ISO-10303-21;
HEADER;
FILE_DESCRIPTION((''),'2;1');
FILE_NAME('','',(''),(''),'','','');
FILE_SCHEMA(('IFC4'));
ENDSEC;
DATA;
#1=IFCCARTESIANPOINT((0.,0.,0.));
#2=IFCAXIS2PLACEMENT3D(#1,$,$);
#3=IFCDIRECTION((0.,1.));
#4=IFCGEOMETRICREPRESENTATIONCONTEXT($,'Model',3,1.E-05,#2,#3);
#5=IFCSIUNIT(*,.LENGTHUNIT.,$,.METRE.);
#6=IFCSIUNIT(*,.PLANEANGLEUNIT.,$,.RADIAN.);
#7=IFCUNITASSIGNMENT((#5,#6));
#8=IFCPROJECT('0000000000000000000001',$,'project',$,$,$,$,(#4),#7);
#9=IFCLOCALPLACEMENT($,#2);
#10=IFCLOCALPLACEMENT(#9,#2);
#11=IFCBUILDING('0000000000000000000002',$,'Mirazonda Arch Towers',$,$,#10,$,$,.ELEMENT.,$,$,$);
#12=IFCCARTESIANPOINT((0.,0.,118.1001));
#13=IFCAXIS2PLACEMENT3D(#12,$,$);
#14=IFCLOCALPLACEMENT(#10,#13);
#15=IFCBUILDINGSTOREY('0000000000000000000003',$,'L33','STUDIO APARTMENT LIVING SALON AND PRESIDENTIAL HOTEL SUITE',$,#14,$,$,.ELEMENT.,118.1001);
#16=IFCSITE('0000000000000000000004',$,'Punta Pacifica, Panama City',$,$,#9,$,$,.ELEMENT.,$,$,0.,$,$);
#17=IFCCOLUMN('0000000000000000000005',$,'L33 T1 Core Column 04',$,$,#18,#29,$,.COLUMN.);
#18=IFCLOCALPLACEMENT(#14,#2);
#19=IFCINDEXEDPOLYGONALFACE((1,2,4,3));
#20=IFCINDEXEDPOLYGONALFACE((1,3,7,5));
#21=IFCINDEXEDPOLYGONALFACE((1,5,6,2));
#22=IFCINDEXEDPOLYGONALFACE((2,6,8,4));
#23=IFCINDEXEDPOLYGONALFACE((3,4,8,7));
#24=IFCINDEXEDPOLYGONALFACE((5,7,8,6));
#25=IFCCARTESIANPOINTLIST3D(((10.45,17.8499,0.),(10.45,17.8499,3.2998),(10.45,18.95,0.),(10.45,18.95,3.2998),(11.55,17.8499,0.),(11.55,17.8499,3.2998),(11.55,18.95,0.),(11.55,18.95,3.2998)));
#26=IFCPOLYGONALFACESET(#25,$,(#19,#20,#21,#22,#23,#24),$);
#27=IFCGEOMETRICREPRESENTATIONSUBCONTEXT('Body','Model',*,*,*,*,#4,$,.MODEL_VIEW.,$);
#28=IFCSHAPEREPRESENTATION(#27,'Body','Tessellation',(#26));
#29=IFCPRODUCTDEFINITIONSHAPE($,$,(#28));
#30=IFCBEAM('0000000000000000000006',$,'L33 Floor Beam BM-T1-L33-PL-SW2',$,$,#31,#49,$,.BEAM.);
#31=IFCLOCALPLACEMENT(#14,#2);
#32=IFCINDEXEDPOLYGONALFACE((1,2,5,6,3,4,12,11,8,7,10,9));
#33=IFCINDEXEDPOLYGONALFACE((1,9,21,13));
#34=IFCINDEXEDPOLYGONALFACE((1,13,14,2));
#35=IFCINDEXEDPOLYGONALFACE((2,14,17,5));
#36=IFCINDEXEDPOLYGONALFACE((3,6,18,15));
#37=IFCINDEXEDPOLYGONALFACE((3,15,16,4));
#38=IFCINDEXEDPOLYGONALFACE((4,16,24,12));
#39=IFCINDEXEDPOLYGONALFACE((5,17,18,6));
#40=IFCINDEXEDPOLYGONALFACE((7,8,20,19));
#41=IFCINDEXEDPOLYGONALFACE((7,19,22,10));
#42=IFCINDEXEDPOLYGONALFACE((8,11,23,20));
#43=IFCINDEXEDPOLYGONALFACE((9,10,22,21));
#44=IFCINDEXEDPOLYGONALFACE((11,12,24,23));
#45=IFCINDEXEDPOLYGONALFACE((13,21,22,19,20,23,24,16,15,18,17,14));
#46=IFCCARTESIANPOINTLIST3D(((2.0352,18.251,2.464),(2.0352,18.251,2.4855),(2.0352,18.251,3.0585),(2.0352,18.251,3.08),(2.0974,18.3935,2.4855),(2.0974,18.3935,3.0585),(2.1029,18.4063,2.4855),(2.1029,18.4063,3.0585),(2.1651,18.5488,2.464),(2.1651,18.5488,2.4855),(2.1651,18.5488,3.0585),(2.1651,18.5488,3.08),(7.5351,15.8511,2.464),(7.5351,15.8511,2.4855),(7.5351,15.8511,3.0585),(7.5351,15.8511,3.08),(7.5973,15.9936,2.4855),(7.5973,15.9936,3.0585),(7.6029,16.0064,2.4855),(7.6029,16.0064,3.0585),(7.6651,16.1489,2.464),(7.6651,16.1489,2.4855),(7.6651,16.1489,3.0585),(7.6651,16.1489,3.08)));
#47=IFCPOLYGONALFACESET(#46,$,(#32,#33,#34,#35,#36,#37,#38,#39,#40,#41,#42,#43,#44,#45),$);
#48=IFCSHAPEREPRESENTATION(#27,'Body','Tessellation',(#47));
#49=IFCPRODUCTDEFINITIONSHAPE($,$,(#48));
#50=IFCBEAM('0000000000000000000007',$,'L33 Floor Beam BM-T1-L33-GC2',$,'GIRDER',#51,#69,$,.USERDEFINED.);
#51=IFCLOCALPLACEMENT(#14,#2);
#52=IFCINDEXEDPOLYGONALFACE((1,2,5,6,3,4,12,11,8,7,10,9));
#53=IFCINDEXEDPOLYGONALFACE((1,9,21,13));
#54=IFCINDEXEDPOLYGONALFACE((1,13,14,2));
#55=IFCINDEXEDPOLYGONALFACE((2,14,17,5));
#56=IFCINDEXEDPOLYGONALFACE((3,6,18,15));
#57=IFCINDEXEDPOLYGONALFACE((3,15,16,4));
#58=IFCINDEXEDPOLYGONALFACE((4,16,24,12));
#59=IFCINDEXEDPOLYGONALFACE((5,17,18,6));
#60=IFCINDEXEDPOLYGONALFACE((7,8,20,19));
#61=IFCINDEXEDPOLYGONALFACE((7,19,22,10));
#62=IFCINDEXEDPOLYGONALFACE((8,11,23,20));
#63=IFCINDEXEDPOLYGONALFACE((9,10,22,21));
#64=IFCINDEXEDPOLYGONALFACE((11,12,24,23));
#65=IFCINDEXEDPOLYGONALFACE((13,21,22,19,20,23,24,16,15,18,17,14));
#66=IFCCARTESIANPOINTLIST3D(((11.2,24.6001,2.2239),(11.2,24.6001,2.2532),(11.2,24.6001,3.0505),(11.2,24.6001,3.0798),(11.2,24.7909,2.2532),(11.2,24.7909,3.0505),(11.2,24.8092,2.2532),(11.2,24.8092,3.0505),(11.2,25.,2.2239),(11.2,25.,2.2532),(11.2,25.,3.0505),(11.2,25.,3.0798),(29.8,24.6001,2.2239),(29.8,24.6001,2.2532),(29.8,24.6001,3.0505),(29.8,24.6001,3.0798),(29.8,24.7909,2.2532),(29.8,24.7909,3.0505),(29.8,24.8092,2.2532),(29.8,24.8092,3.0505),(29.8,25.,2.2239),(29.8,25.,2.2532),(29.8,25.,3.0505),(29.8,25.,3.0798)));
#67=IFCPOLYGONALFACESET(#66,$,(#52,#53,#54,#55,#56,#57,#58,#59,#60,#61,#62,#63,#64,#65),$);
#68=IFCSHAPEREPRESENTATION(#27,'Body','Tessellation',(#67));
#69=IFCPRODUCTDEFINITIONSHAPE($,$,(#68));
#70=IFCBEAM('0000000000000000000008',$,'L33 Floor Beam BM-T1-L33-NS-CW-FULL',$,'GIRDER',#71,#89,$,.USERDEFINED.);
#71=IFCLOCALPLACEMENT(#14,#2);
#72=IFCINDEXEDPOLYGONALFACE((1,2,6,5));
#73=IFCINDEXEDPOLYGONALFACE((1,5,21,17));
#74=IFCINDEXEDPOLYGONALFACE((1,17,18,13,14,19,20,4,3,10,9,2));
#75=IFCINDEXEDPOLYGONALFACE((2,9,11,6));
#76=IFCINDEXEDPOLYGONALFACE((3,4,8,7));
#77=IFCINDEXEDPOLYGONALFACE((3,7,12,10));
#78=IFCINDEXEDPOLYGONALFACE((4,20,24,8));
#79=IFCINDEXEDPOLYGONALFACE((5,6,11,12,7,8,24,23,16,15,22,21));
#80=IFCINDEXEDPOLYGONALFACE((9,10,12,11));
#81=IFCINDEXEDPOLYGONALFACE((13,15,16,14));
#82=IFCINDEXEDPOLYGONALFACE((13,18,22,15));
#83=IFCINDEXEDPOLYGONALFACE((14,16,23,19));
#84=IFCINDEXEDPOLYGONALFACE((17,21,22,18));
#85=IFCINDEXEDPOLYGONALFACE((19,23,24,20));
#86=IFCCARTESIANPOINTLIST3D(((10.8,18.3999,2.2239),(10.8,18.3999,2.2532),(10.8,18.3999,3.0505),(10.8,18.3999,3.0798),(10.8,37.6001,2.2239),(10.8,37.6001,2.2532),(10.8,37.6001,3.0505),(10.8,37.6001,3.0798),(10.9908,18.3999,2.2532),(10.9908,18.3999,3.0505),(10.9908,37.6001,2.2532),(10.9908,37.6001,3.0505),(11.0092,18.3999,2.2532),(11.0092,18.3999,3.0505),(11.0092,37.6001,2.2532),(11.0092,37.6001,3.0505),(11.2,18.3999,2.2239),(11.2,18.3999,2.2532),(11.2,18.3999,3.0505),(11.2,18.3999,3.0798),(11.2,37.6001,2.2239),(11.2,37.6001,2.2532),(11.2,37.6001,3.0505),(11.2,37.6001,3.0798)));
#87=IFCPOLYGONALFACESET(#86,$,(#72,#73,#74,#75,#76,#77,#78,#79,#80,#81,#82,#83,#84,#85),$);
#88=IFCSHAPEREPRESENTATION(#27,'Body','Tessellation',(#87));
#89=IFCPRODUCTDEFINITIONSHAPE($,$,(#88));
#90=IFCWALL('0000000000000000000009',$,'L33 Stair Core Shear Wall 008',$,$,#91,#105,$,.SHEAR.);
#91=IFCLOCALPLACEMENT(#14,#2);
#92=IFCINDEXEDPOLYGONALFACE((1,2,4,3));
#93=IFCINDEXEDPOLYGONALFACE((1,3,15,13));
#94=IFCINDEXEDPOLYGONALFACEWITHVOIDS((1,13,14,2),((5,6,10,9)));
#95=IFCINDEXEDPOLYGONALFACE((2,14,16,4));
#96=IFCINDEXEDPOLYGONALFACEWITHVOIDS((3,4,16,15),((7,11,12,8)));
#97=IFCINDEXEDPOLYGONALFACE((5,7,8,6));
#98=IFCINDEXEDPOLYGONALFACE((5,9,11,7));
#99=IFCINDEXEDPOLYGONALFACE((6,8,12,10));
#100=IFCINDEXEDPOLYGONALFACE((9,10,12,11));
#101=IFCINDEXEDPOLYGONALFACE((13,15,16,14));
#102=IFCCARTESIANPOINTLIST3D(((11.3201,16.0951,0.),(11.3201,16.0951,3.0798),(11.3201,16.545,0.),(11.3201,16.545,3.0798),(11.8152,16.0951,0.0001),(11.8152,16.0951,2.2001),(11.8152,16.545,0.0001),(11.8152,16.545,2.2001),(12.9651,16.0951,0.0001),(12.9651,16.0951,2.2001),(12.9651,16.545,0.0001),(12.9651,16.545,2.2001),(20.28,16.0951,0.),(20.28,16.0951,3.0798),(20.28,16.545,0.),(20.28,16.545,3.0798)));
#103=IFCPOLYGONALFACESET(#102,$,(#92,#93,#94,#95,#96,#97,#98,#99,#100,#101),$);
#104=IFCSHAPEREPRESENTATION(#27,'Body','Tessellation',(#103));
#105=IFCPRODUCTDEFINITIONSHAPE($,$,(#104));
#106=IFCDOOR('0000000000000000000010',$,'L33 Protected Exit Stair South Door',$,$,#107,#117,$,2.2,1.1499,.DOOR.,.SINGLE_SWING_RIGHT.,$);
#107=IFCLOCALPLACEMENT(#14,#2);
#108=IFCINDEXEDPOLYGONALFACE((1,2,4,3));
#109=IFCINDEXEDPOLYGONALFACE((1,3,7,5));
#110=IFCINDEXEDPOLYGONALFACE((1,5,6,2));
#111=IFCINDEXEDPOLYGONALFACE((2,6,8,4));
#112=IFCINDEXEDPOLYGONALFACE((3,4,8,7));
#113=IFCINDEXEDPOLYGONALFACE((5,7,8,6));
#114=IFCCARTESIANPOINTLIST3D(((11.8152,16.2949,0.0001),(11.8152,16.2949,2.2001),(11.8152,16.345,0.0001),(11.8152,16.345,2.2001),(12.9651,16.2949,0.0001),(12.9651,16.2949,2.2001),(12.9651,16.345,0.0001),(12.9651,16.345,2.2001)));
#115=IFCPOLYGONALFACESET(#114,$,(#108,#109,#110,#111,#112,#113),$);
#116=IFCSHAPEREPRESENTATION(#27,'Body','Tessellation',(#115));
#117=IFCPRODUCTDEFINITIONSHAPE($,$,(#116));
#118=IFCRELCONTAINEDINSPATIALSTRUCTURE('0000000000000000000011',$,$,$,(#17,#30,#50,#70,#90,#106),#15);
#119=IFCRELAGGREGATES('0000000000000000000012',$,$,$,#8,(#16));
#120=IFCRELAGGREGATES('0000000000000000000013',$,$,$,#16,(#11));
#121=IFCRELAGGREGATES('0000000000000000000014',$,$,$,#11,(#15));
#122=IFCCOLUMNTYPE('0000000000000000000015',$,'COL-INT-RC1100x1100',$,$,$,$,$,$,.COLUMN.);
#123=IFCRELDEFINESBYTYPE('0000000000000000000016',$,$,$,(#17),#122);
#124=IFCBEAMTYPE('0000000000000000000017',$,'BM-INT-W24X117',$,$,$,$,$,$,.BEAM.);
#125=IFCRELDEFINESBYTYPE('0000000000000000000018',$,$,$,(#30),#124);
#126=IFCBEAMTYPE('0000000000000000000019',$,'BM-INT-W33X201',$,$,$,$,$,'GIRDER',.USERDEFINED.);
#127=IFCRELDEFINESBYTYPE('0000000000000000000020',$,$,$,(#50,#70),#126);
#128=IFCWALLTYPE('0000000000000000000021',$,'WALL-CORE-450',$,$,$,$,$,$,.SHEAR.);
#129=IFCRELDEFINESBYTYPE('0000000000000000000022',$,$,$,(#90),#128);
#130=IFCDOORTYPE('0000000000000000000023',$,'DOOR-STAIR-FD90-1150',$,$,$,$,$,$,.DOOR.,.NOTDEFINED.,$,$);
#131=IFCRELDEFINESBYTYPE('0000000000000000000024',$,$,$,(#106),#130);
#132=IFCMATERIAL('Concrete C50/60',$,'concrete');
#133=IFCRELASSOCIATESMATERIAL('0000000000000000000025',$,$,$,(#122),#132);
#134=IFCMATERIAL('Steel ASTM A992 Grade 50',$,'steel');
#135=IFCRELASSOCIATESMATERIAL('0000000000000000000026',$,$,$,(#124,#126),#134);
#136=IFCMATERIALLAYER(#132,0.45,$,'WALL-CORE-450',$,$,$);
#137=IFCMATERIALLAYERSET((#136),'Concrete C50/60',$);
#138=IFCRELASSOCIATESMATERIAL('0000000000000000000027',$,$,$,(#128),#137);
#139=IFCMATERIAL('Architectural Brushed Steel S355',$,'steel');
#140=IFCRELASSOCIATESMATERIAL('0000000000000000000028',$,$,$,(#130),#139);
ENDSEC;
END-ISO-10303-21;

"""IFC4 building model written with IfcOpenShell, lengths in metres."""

from ifc_helpers import new_model, si_unit, direction, frame, frame_2d, origin, origin_2d, place, context, subcontext, project, spatial, rectangle, i_section, extrude, material, layer, layer_set, material_profile, profile_set, type_object, element, fill, save


model = new_model("IFC4")

# Units and contexts
model_context = context("Model", 3, precision=1e-05, world=origin(), true_north=direction((0.0, 1.0)))
body_context = subcontext(model_context, "Body", "Model", "MODEL_VIEW")
ifc_project = project(units=[si_unit("LENGTHUNIT", "METRE"), si_unit("PLANEANGLEUNIT", "RADIAN")], contexts=[model_context])

# Site, building, storey
site_placement = place(None, origin())
site = spatial("IfcSite", under=ifc_project, at=site_placement, Name="Punta Pacifica, Panama City", CompositionType="ELEMENT", RefElevation=0.0)
building_placement = place(site_placement, origin())
building = spatial("IfcBuilding", under=site, at=building_placement, Name="Mirazonda Arch Towers", CompositionType="ELEMENT")
storey_placement = place(building_placement, frame((0.0, 0.0, 118.1001)))
storey = spatial("IfcBuildingStorey", under=building, at=storey_placement, Name="L33", Description="STUDIO APARTMENT LIVING SALON AND PRESIDENTIAL HOTEL SUITE", CompositionType="ELEMENT", Elevation=118.1001)

# Column
ifc_material_1 = material(Name="Concrete C50/60", Category="concrete")
ifc_material_profile_1 = material_profile(ifc_material_1, rectangle(XDim=1.1001, YDim=1.1001, at=origin_2d()), Name="RC1100x1100")
ifc_profile_set_1 = profile_set([ifc_material_profile_1], Name="Concrete C50/60")
column_type = type_object("IfcColumnType", Name="COL-INT-RC1100x1100", PredefinedType="COLUMN", material=ifc_profile_set_1)
column_placement = place(storey_placement, frame((11.0, 18.3999, 0.0), z_axis=(0.0, 0.0, 1.0), x_axis=(1.0, 0.0, 0.0)))
element("IfcColumn", 1, at=column_placement, inside=storey, type_object=column_type, Name="L33 T1 Core Column 04", PredefinedType="COLUMN", context=body_context, shape_type="SweptSolid", body=[
    extrude(rectangle(XDim=1.1001, YDim=1.1001, at=origin_2d()), origin(), (0.0, 0.0, 1.0), 3.2998),
])

# Beams
ifc_material_2 = material(Name="Steel ASTM A992 Grade 50", Category="steel")
ifc_material_profile_2 = material_profile(ifc_material_2, i_section(OverallWidth=0.325, OverallDepth=0.616, WebThickness=0.0139, FlangeThickness=0.0215, at=origin_2d()), Name="W24X117")
ifc_profile_set_2 = profile_set([ifc_material_profile_2], Name="Steel ASTM A992 Grade 50")
beam_type_1 = type_object("IfcBeamType", Name="BM-INT-W24X117", PredefinedType="BEAM", material=ifc_profile_set_2)
beam_1_placement = place(storey_placement, frame((7.6001, 16.0, 2.772), z_axis=(-0.916545, 0.399931, 0.0), x_axis=(-0.399931, -0.916545, 0.0)))
element("IfcBeam", 2, at=beam_1_placement, inside=storey, type_object=beam_type_1, Name="L33 Floor Beam BM-T1-L33-PL-SW2", PredefinedType="BEAM", context=body_context, shape_type="SweptSolid", body=[
    extrude(i_section(OverallWidth=0.325, OverallDepth=0.616, WebThickness=0.0139, FlangeThickness=0.0215, at=origin_2d()), origin(), (0.0, 0.0, 1.0), 6.0007),
])
ifc_material_profile_3 = material_profile(ifc_material_2, i_section(OverallWidth=0.3999, OverallDepth=0.856, WebThickness=0.0183, FlangeThickness=0.0293, at=origin_2d()), Name="W33X201")
ifc_profile_set_3 = profile_set([ifc_material_profile_3], Name="Steel ASTM A992 Grade 50")
beam_type_2 = type_object("IfcBeamType", Name="BM-INT-W33X201", ElementType="GIRDER", PredefinedType="USERDEFINED", material=ifc_profile_set_3)
beam_2_placement = place(storey_placement, frame((11.2, 24.8, 2.6519), z_axis=(1.0, 0.0, 0.0), x_axis=(0.0, 1.0, 0.0)))
element("IfcBeam", 3, at=beam_2_placement, inside=storey, type_object=beam_type_2, Name="L33 Floor Beam BM-T1-L33-GC2", ObjectType="GIRDER", PredefinedType="USERDEFINED", context=body_context, shape_type="SweptSolid", body=[
    extrude(i_section(OverallWidth=0.3999, OverallDepth=0.856, WebThickness=0.0183, FlangeThickness=0.0293, at=origin_2d()), origin(), (0.0, 0.0, 1.0), 18.6001),
])
beam_3_placement = place(storey_placement, frame((11.0, 18.3999, 2.6519), z_axis=(0.0, 1.0, 0.0), x_axis=(-1.0, 0.0, 0.0)))
element("IfcBeam", 4, at=beam_3_placement, inside=storey, type_object=beam_type_2, Name="L33 Floor Beam BM-T1-L33-NS-CW-FULL", ObjectType="GIRDER", PredefinedType="USERDEFINED", context=body_context, shape_type="SweptSolid", body=[
    extrude(i_section(OverallWidth=0.3999, OverallDepth=0.856, WebThickness=0.0183, FlangeThickness=0.0293, at=origin_2d()), origin(), (0.0, 0.0, 1.0), 19.2002),
])

# Wall, opening, door
ifc_layer_1 = layer(ifc_material_1, 0.45, Name="WALL-CORE-450")
ifc_layer_set_1 = layer_set([ifc_layer_1], Name="Concrete C50/60")
wall_type_1 = type_object("IfcWallType", Name="WALL-CORE-450", PredefinedType="SHEAR", material=ifc_layer_set_1)
wall_1_placement = place(storey_placement, frame((11.3201, 16.3201, 0.0), z_axis=(0.0, 0.0, 1.0), x_axis=(1.0, 0.0, 0.0)))
wall_1 = element("IfcWall", 5, at=wall_1_placement, inside=storey, type_object=wall_type_1, Name="L33 Stair Core Shear Wall 008", PredefinedType="SHEAR", context=body_context, shape_type="SweptSolid", body=[
    extrude(rectangle(XDim=8.96, YDim=0.45, at=frame_2d((4.48, 0.0))), origin(), (0.0, 0.0, 1.0), 3.0798),
])
opening_1_placement = place(wall_1_placement, frame((0.4951, 0.0, 0.0)))
opening_1 = element("IfcOpeningElement", 6, at=opening_1_placement, cuts=wall_1, PredefinedType="OPENING", context=body_context, shape_type="SweptSolid", body=[
    extrude(rectangle(XDim=1.1499, YDim=2.2, at=frame_2d((0.575, 1.1001))), frame((0.0, 0.2349, 0.0), z_axis=(0.0, -1.0, 0.0), x_axis=(1.0, 0.0, 0.0)), (0.0, 0.0, 1.0), 0.47),
])
ifc_material_3 = material(Name="Architectural Brushed Steel S355", Category="steel")
door_type_1 = type_object("IfcDoorType", Name="DOOR-STAIR-FD90-1150", OperationType="NOTDEFINED", PredefinedType="DOOR", material=ifc_material_3)
door_1_placement = place(opening_1_placement, origin())
door_1 = element("IfcDoor", 7, at=door_1_placement, inside=storey, type_object=door_type_1, Name="L33 Protected Exit Stair South Door", OperationType="SINGLE_SWING_RIGHT", OverallHeight=2.2, OverallWidth=1.1499, PredefinedType="DOOR", context=body_context, shape_type="SweptSolid", body=[
    extrude(rectangle(XDim=1.1499, YDim=2.2, at=frame_2d((0.575, 1.1001))), frame((0.0, 0.0249, 0.0), z_axis=(0.0, -1.0, 0.0), x_axis=(1.0, 0.0, 0.0)), (0.0, 0.0, 1.0), 0.05),
])
fill(opening_1, door_1)

save(model, "model.ifc")
